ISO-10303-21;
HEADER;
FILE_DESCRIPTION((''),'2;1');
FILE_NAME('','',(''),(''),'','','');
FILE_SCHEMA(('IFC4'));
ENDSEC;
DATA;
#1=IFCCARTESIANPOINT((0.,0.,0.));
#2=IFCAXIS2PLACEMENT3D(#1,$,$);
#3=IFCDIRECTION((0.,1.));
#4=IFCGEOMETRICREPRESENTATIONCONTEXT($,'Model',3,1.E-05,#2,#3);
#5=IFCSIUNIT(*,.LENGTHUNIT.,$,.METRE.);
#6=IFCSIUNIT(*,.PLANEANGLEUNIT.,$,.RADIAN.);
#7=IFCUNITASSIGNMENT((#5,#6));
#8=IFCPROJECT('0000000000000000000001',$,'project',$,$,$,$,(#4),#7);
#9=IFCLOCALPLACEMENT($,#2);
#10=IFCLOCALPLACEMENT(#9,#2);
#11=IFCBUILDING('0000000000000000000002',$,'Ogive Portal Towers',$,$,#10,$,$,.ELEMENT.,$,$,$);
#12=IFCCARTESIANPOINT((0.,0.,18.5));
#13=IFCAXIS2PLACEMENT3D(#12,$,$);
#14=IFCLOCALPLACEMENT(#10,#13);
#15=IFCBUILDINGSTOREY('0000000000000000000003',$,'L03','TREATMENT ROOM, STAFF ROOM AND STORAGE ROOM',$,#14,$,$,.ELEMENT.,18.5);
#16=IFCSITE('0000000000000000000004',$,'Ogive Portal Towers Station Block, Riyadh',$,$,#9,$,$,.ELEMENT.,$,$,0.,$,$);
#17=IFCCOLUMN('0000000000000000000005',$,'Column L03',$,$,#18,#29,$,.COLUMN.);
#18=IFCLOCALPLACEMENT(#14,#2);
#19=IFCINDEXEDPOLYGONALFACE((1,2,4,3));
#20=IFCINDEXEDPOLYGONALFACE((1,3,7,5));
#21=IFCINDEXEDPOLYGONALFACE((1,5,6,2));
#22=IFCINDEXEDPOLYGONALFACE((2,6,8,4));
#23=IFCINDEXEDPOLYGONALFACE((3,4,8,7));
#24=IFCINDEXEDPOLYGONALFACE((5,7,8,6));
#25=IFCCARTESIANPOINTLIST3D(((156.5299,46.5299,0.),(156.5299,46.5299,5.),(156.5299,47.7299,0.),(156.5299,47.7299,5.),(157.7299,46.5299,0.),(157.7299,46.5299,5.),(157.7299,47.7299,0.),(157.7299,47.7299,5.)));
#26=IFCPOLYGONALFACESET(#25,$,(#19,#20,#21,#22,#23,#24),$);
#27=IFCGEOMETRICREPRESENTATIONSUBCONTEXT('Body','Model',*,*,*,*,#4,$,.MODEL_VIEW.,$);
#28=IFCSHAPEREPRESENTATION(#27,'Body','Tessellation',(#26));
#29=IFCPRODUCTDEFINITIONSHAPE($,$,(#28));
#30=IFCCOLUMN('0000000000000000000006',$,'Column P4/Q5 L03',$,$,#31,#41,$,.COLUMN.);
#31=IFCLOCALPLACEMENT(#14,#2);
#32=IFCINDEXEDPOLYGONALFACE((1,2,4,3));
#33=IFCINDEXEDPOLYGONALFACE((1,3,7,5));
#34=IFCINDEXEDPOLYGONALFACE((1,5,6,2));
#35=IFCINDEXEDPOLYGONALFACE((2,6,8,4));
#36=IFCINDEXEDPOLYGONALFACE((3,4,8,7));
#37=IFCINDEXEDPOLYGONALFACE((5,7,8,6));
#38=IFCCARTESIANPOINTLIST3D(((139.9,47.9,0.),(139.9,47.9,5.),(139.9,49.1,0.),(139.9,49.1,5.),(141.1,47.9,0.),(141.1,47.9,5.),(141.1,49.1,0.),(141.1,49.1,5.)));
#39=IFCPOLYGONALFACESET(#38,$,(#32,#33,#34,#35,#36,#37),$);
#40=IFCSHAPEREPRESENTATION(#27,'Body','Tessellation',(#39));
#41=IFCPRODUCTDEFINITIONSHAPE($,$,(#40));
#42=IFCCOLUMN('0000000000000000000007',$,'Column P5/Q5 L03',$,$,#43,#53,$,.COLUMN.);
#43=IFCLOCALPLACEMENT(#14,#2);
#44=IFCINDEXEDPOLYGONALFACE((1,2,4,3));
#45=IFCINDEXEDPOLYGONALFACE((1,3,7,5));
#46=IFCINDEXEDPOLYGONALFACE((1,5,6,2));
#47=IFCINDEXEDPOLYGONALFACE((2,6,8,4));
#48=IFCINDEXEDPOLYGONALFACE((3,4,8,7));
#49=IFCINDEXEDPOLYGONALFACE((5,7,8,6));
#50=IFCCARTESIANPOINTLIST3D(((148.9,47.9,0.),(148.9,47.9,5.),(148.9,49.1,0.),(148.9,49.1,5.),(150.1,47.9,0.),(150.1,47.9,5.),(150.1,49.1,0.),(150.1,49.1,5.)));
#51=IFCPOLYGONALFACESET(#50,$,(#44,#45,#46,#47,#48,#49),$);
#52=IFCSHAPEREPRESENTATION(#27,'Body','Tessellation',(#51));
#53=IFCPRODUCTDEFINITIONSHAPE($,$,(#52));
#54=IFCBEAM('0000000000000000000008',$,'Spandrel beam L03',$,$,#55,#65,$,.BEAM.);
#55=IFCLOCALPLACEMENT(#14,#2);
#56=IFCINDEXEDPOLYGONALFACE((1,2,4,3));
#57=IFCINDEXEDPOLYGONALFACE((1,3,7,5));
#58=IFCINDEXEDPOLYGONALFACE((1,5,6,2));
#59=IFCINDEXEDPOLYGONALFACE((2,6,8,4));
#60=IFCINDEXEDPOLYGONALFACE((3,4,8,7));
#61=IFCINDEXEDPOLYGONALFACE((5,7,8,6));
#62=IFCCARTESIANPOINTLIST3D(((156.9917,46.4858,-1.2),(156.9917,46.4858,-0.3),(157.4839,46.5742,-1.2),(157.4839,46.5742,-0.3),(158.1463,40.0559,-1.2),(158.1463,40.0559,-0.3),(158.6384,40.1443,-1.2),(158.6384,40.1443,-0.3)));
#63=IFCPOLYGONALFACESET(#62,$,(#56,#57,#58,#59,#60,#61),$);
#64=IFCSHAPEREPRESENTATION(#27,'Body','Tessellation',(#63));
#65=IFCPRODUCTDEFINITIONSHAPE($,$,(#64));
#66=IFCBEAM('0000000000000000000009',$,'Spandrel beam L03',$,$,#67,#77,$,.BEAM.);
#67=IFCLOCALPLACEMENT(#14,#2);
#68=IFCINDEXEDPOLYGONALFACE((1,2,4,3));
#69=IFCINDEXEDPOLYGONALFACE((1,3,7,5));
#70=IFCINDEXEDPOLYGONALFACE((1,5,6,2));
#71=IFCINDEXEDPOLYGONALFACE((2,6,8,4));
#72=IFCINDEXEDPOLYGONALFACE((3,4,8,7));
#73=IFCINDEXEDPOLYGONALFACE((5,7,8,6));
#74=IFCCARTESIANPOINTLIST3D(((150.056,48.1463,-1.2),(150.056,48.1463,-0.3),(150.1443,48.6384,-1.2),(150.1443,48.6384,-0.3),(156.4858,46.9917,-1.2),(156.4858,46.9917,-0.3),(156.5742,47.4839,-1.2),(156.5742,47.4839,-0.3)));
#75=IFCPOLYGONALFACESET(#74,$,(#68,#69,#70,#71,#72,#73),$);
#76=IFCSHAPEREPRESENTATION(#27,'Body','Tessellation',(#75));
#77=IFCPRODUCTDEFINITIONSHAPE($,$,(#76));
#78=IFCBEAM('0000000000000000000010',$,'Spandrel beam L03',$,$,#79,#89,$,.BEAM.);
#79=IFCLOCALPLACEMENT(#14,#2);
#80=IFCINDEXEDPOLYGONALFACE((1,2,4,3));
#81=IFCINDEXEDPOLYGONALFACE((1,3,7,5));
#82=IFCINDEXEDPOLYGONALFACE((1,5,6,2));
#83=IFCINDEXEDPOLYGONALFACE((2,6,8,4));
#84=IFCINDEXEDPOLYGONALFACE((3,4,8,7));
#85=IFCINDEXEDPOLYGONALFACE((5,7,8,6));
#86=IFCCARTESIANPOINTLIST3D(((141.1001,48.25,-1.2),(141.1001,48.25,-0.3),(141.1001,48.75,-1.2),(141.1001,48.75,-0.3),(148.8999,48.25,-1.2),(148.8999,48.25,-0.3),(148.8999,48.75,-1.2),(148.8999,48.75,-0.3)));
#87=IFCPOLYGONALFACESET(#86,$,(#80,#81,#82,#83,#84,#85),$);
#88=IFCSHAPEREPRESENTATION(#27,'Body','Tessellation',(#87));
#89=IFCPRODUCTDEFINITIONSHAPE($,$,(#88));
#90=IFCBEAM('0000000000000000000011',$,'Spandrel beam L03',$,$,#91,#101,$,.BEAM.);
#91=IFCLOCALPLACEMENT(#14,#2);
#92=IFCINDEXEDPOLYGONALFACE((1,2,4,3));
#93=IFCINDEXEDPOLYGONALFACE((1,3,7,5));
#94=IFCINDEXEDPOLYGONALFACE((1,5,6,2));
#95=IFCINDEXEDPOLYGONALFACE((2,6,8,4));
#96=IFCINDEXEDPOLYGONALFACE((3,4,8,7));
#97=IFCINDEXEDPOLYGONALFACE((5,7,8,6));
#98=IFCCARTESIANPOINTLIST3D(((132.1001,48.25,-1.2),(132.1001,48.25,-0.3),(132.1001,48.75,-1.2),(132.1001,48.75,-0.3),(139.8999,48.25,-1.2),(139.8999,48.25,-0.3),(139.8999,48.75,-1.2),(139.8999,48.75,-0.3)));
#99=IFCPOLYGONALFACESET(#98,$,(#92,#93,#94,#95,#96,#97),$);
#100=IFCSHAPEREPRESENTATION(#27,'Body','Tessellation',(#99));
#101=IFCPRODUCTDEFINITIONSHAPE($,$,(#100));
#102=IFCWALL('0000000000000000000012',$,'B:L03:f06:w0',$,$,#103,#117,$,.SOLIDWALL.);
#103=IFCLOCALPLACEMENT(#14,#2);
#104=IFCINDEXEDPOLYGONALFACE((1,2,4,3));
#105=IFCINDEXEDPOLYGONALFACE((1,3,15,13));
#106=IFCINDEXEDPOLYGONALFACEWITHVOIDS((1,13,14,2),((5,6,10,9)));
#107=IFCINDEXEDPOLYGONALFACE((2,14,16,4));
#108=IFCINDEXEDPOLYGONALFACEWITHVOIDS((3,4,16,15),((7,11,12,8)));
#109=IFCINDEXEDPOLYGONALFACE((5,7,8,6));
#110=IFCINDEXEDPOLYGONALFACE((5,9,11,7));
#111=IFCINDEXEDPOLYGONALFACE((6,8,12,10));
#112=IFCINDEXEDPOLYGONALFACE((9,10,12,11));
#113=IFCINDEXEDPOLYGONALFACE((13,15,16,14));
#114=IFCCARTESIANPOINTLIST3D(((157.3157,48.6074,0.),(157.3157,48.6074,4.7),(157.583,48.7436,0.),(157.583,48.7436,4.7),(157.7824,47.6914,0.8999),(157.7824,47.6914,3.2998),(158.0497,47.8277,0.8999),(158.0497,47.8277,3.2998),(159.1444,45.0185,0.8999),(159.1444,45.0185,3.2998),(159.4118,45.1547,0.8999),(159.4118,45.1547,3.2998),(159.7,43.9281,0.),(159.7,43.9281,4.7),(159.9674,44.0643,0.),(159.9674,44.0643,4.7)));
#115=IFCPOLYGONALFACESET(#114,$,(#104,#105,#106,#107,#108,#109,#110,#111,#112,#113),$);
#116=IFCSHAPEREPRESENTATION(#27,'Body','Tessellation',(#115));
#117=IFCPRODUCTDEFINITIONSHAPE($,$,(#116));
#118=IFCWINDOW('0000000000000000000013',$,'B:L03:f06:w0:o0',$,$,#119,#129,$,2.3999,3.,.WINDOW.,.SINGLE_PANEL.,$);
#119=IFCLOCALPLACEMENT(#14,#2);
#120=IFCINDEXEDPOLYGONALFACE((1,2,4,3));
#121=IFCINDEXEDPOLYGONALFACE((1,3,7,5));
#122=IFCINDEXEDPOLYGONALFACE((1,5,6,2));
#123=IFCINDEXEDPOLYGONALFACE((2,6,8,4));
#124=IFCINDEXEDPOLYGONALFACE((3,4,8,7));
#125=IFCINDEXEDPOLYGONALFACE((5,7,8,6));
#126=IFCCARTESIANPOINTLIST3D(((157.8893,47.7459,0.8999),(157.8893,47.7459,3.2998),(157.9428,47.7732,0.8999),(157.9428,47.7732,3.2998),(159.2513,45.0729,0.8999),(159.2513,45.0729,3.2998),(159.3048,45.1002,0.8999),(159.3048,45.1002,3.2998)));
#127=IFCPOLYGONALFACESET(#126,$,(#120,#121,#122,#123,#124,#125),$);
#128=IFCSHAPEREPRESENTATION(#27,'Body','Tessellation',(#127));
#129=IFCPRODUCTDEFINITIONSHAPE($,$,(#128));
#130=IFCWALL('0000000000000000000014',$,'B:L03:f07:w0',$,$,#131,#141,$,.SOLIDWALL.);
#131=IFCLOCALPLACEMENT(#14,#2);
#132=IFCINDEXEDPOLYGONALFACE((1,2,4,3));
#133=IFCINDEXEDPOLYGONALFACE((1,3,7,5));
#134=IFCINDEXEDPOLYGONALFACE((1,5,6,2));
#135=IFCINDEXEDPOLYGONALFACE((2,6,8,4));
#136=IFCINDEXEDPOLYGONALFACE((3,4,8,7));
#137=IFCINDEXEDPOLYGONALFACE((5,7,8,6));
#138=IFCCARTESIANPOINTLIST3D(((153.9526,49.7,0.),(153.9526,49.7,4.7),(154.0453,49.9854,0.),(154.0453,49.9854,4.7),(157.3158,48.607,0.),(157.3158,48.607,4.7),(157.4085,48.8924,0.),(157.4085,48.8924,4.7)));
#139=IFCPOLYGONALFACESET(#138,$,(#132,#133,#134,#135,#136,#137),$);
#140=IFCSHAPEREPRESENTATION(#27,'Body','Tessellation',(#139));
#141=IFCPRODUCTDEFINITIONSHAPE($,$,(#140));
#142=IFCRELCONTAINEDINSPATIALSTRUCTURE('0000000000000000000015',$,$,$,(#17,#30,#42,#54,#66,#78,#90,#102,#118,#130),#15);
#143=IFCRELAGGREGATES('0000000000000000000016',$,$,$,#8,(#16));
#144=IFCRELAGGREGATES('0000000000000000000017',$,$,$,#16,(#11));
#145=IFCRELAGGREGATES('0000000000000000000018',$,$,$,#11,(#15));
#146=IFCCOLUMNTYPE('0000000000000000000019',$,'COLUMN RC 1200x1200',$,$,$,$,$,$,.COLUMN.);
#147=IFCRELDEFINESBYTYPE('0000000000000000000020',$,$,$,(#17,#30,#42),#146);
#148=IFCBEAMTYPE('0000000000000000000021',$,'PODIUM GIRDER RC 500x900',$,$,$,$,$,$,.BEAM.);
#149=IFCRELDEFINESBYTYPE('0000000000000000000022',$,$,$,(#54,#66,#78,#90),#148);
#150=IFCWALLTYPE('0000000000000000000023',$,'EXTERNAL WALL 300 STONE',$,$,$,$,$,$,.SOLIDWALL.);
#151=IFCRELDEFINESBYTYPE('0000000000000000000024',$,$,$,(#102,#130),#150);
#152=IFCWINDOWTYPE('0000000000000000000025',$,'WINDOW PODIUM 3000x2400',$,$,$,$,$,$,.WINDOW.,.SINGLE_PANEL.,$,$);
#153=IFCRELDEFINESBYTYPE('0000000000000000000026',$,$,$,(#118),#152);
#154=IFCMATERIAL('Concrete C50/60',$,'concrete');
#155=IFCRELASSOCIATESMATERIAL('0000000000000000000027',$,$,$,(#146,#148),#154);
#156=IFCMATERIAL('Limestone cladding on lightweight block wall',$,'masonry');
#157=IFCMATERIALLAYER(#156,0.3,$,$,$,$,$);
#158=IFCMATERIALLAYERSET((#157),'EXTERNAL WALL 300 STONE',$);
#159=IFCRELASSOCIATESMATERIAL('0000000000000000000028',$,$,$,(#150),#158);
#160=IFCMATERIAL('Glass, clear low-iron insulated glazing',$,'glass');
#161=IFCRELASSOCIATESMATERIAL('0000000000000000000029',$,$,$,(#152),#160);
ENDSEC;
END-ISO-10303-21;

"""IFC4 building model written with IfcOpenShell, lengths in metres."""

from ifc_helpers import new_model, si_unit, direction, frame, frame_2d, origin, origin_2d, place, context, subcontext, project, spatial, rectangle, extrude, material, layer, layer_set, material_profile, profile_set, type_object, element, fill, save


model = new_model("IFC4")

# Units and contexts
model_context = context("Model", 3, precision=1e-05, world=origin(), true_north=direction((0.0, 1.0)))
body_context = subcontext(model_context, "Body", "Model", "MODEL_VIEW")
ifc_project = project(units=[si_unit("LENGTHUNIT", "METRE"), si_unit("PLANEANGLEUNIT", "RADIAN")], contexts=[model_context])

# Site, building, storey
site_placement = place(None, origin())
site = spatial("IfcSite", under=ifc_project, at=site_placement, Name="Ogive Portal Towers Station Block, Riyadh", CompositionType="ELEMENT", RefElevation=0.0)
building_placement = place(site_placement, origin())
building = spatial("IfcBuilding", under=site, at=building_placement, Name="Ogive Portal Towers", CompositionType="ELEMENT")
storey_placement = place(building_placement, frame((0.0, 0.0, 18.5)))
storey = spatial("IfcBuildingStorey", under=building, at=storey_placement, Name="L03", Description="TREATMENT ROOM, STAFF ROOM AND STORAGE ROOM", CompositionType="ELEMENT", Elevation=18.5)

# Columns
ifc_material_1 = material(Name="Concrete C50/60", Category="concrete")
ifc_material_profile_1 = material_profile(ifc_material_1, rectangle(XDim=1.2, YDim=1.2, at=origin_2d()), Name="RC 1200x1200")
ifc_profile_set_1 = profile_set([ifc_material_profile_1], Name="Concrete C50/60")
column_type = type_object("IfcColumnType", Name="COLUMN RC 1200x1200", PredefinedType="COLUMN", material=ifc_profile_set_1)
for number, where, z_axis, x_axis, name in (
    (1, (157.1299, 47.1299, 0.0), (0.0, 0.0, 1.0), (1.0, 0.0, 0.0), "Column L03"),
    (2, (140.5, 48.5, 0.0), (0.0, 0.0, 1.0), (1.0, 0.0, 0.0), "Column P4/Q5 L03"),
    (3, (149.5, 48.5, 0.0), (0.0, 0.0, 1.0), (1.0, 0.0, 0.0), "Column P5/Q5 L03"),
):
    element("IfcColumn", number, at=place(storey_placement, frame(where, z_axis=z_axis, x_axis=x_axis)), inside=storey, type_object=column_type, Name=name, PredefinedType="COLUMN", context=body_context, shape_type="SweptSolid", body=[
        extrude(rectangle(XDim=1.2, YDim=1.2, at=origin_2d()), origin(), (0.0, 0.0, 1.0), 5.0),
    ])

# Beams
ifc_material_profile_2 = material_profile(ifc_material_1, rectangle(XDim=0.5, YDim=0.8999, at=origin_2d()), Name="RC 500x900")
ifc_profile_set_2 = profile_set([ifc_material_profile_2], Name="Concrete C50/60")
beam_type = type_object("IfcBeamType", Name="PODIUM GIRDER RC 500x900", PredefinedType="BEAM", material=ifc_profile_set_2)
for number, where, z_axis, x_axis, name in (
    (4, (158.3923, 40.1001, -0.75), (-0.176731, 0.984259, 0.0), (-0.984259, -0.176731, 0.0), "Spandrel beam L03"),
    (5, (156.53, 47.2378, -0.75), (-0.984259, 0.176731, 0.0), (-0.176731, -0.984259, 0.0), "Spandrel beam L03"),
):
    element("IfcBeam", number, at=place(storey_placement, frame(where, z_axis=z_axis, x_axis=x_axis)), inside=storey, type_object=beam_type, Name=name, PredefinedType="BEAM", context=body_context, shape_type="SweptSolid", body=[
        extrude(rectangle(XDim=0.5, YDim=0.8999, at=origin_2d()), origin(), (0.0, 0.0, 1.0), 6.5327),
    ])
for number, where, z_axis, x_axis, name in (
    (6, (148.8999, 48.5, -0.75), (-1.0, 0.0, 0.0), (0.0, -1.0, 0.0), "Spandrel beam L03"),
    (7, (139.8999, 48.5, -0.75), (-1.0, 0.0, 0.0), (0.0, -1.0, 0.0), "Spandrel beam L03"),
):
    element("IfcBeam", number, at=place(storey_placement, frame(where, z_axis=z_axis, x_axis=x_axis)), inside=storey, type_object=beam_type, Name=name, PredefinedType="BEAM", context=body_context, shape_type="SweptSolid", body=[
        extrude(rectangle(XDim=0.5, YDim=0.8999, at=origin_2d()), origin(), (0.0, 0.0, 1.0), 7.7998),
    ])

# Wall, opening, window
ifc_material_2 = material(Name="Limestone cladding on lightweight block wall", Category="masonry")
ifc_layer_1 = layer(ifc_material_2, 0.3)
ifc_layer_set_1 = layer_set([ifc_layer_1], Name="EXTERNAL WALL 300 STONE")
wall_type_1 = type_object("IfcWallType", Name="EXTERNAL WALL 300 STONE", PredefinedType="SOLIDWALL", material=ifc_layer_set_1)
wall_1_placement = place(storey_placement, frame((159.8337, 43.9961, 0.0), z_axis=(0.0, 0.0, 1.0), x_axis=(-0.454007, 0.890998, 0.0)))
wall_1 = element("IfcWall", 8, at=wall_1_placement, inside=storey, type_object=wall_type_1, Name="B:L03:f06:w0", PredefinedType="SOLIDWALL", context=body_context, shape_type="SweptSolid", body=[
    extrude(rectangle(XDim=5.2517, YDim=0.3, at=frame_2d((2.626, 0.0))), origin(), (0.0, 0.0, 1.0), 4.7),
])
opening_1_placement = place(wall_1_placement, frame((1.2239, 0.0, 0.8999)))
opening_1 = element("IfcOpeningElement", 9, at=opening_1_placement, cuts=wall_1, PredefinedType="OPENING", context=body_context, shape_type="SweptSolid", body=[
    extrude(rectangle(XDim=3.0, YDim=2.3999, at=frame_2d((1.5, 1.2))), frame((0.0, 0.1602, 0.0), z_axis=(0.0, -1.0, 0.0), x_axis=(1.0, 0.0, 0.0)), (0.0, 0.0, 1.0), 0.3201),
])
ifc_material_3 = material(Name="Glass, clear low-iron insulated glazing", Category="glass")
window_type = type_object("IfcWindowType", Name="WINDOW PODIUM 3000x2400", PartitioningType="SINGLE_PANEL", PredefinedType="WINDOW", material=ifc_material_3)
window_1_placement = place(opening_1_placement, origin())
window_1 = element("IfcWindow", 10, at=window_1_placement, inside=storey, type_object=window_type, Name="B:L03:f06:w0:o0", OverallHeight=2.3999, OverallWidth=3.0, PartitioningType="SINGLE_PANEL", PredefinedType="WINDOW", context=body_context, shape_type="SweptSolid", body=[
    extrude(rectangle(XDim=3.0, YDim=2.3999, at=frame_2d((1.5, 1.2))), frame((0.0, 0.03, 0.0), z_axis=(0.0, -1.0, 0.0), x_axis=(1.0, 0.0, 0.0)), (0.0, 0.0, 1.0), 0.0601),
])
fill(opening_1, window_1)

# Wall
wall_2_placement = place(storey_placement, frame((157.3621, 48.7498, 0.0), z_axis=(0.0, 0.0, 1.0), x_axis=(-0.951038, 0.309074, 0.0)))
element("IfcWall", 11, at=wall_2_placement, inside=storey, type_object=wall_type_1, Name="B:L03:f07:w0", PredefinedType="SOLIDWALL", context=body_context, shape_type="SweptSolid", body=[
    extrude(rectangle(XDim=3.5364, YDim=0.3, at=frame_2d((1.7681, 0.0))), origin(), (0.0, 0.0, 1.0), 4.7),
])

save(model, "model.ifc")
